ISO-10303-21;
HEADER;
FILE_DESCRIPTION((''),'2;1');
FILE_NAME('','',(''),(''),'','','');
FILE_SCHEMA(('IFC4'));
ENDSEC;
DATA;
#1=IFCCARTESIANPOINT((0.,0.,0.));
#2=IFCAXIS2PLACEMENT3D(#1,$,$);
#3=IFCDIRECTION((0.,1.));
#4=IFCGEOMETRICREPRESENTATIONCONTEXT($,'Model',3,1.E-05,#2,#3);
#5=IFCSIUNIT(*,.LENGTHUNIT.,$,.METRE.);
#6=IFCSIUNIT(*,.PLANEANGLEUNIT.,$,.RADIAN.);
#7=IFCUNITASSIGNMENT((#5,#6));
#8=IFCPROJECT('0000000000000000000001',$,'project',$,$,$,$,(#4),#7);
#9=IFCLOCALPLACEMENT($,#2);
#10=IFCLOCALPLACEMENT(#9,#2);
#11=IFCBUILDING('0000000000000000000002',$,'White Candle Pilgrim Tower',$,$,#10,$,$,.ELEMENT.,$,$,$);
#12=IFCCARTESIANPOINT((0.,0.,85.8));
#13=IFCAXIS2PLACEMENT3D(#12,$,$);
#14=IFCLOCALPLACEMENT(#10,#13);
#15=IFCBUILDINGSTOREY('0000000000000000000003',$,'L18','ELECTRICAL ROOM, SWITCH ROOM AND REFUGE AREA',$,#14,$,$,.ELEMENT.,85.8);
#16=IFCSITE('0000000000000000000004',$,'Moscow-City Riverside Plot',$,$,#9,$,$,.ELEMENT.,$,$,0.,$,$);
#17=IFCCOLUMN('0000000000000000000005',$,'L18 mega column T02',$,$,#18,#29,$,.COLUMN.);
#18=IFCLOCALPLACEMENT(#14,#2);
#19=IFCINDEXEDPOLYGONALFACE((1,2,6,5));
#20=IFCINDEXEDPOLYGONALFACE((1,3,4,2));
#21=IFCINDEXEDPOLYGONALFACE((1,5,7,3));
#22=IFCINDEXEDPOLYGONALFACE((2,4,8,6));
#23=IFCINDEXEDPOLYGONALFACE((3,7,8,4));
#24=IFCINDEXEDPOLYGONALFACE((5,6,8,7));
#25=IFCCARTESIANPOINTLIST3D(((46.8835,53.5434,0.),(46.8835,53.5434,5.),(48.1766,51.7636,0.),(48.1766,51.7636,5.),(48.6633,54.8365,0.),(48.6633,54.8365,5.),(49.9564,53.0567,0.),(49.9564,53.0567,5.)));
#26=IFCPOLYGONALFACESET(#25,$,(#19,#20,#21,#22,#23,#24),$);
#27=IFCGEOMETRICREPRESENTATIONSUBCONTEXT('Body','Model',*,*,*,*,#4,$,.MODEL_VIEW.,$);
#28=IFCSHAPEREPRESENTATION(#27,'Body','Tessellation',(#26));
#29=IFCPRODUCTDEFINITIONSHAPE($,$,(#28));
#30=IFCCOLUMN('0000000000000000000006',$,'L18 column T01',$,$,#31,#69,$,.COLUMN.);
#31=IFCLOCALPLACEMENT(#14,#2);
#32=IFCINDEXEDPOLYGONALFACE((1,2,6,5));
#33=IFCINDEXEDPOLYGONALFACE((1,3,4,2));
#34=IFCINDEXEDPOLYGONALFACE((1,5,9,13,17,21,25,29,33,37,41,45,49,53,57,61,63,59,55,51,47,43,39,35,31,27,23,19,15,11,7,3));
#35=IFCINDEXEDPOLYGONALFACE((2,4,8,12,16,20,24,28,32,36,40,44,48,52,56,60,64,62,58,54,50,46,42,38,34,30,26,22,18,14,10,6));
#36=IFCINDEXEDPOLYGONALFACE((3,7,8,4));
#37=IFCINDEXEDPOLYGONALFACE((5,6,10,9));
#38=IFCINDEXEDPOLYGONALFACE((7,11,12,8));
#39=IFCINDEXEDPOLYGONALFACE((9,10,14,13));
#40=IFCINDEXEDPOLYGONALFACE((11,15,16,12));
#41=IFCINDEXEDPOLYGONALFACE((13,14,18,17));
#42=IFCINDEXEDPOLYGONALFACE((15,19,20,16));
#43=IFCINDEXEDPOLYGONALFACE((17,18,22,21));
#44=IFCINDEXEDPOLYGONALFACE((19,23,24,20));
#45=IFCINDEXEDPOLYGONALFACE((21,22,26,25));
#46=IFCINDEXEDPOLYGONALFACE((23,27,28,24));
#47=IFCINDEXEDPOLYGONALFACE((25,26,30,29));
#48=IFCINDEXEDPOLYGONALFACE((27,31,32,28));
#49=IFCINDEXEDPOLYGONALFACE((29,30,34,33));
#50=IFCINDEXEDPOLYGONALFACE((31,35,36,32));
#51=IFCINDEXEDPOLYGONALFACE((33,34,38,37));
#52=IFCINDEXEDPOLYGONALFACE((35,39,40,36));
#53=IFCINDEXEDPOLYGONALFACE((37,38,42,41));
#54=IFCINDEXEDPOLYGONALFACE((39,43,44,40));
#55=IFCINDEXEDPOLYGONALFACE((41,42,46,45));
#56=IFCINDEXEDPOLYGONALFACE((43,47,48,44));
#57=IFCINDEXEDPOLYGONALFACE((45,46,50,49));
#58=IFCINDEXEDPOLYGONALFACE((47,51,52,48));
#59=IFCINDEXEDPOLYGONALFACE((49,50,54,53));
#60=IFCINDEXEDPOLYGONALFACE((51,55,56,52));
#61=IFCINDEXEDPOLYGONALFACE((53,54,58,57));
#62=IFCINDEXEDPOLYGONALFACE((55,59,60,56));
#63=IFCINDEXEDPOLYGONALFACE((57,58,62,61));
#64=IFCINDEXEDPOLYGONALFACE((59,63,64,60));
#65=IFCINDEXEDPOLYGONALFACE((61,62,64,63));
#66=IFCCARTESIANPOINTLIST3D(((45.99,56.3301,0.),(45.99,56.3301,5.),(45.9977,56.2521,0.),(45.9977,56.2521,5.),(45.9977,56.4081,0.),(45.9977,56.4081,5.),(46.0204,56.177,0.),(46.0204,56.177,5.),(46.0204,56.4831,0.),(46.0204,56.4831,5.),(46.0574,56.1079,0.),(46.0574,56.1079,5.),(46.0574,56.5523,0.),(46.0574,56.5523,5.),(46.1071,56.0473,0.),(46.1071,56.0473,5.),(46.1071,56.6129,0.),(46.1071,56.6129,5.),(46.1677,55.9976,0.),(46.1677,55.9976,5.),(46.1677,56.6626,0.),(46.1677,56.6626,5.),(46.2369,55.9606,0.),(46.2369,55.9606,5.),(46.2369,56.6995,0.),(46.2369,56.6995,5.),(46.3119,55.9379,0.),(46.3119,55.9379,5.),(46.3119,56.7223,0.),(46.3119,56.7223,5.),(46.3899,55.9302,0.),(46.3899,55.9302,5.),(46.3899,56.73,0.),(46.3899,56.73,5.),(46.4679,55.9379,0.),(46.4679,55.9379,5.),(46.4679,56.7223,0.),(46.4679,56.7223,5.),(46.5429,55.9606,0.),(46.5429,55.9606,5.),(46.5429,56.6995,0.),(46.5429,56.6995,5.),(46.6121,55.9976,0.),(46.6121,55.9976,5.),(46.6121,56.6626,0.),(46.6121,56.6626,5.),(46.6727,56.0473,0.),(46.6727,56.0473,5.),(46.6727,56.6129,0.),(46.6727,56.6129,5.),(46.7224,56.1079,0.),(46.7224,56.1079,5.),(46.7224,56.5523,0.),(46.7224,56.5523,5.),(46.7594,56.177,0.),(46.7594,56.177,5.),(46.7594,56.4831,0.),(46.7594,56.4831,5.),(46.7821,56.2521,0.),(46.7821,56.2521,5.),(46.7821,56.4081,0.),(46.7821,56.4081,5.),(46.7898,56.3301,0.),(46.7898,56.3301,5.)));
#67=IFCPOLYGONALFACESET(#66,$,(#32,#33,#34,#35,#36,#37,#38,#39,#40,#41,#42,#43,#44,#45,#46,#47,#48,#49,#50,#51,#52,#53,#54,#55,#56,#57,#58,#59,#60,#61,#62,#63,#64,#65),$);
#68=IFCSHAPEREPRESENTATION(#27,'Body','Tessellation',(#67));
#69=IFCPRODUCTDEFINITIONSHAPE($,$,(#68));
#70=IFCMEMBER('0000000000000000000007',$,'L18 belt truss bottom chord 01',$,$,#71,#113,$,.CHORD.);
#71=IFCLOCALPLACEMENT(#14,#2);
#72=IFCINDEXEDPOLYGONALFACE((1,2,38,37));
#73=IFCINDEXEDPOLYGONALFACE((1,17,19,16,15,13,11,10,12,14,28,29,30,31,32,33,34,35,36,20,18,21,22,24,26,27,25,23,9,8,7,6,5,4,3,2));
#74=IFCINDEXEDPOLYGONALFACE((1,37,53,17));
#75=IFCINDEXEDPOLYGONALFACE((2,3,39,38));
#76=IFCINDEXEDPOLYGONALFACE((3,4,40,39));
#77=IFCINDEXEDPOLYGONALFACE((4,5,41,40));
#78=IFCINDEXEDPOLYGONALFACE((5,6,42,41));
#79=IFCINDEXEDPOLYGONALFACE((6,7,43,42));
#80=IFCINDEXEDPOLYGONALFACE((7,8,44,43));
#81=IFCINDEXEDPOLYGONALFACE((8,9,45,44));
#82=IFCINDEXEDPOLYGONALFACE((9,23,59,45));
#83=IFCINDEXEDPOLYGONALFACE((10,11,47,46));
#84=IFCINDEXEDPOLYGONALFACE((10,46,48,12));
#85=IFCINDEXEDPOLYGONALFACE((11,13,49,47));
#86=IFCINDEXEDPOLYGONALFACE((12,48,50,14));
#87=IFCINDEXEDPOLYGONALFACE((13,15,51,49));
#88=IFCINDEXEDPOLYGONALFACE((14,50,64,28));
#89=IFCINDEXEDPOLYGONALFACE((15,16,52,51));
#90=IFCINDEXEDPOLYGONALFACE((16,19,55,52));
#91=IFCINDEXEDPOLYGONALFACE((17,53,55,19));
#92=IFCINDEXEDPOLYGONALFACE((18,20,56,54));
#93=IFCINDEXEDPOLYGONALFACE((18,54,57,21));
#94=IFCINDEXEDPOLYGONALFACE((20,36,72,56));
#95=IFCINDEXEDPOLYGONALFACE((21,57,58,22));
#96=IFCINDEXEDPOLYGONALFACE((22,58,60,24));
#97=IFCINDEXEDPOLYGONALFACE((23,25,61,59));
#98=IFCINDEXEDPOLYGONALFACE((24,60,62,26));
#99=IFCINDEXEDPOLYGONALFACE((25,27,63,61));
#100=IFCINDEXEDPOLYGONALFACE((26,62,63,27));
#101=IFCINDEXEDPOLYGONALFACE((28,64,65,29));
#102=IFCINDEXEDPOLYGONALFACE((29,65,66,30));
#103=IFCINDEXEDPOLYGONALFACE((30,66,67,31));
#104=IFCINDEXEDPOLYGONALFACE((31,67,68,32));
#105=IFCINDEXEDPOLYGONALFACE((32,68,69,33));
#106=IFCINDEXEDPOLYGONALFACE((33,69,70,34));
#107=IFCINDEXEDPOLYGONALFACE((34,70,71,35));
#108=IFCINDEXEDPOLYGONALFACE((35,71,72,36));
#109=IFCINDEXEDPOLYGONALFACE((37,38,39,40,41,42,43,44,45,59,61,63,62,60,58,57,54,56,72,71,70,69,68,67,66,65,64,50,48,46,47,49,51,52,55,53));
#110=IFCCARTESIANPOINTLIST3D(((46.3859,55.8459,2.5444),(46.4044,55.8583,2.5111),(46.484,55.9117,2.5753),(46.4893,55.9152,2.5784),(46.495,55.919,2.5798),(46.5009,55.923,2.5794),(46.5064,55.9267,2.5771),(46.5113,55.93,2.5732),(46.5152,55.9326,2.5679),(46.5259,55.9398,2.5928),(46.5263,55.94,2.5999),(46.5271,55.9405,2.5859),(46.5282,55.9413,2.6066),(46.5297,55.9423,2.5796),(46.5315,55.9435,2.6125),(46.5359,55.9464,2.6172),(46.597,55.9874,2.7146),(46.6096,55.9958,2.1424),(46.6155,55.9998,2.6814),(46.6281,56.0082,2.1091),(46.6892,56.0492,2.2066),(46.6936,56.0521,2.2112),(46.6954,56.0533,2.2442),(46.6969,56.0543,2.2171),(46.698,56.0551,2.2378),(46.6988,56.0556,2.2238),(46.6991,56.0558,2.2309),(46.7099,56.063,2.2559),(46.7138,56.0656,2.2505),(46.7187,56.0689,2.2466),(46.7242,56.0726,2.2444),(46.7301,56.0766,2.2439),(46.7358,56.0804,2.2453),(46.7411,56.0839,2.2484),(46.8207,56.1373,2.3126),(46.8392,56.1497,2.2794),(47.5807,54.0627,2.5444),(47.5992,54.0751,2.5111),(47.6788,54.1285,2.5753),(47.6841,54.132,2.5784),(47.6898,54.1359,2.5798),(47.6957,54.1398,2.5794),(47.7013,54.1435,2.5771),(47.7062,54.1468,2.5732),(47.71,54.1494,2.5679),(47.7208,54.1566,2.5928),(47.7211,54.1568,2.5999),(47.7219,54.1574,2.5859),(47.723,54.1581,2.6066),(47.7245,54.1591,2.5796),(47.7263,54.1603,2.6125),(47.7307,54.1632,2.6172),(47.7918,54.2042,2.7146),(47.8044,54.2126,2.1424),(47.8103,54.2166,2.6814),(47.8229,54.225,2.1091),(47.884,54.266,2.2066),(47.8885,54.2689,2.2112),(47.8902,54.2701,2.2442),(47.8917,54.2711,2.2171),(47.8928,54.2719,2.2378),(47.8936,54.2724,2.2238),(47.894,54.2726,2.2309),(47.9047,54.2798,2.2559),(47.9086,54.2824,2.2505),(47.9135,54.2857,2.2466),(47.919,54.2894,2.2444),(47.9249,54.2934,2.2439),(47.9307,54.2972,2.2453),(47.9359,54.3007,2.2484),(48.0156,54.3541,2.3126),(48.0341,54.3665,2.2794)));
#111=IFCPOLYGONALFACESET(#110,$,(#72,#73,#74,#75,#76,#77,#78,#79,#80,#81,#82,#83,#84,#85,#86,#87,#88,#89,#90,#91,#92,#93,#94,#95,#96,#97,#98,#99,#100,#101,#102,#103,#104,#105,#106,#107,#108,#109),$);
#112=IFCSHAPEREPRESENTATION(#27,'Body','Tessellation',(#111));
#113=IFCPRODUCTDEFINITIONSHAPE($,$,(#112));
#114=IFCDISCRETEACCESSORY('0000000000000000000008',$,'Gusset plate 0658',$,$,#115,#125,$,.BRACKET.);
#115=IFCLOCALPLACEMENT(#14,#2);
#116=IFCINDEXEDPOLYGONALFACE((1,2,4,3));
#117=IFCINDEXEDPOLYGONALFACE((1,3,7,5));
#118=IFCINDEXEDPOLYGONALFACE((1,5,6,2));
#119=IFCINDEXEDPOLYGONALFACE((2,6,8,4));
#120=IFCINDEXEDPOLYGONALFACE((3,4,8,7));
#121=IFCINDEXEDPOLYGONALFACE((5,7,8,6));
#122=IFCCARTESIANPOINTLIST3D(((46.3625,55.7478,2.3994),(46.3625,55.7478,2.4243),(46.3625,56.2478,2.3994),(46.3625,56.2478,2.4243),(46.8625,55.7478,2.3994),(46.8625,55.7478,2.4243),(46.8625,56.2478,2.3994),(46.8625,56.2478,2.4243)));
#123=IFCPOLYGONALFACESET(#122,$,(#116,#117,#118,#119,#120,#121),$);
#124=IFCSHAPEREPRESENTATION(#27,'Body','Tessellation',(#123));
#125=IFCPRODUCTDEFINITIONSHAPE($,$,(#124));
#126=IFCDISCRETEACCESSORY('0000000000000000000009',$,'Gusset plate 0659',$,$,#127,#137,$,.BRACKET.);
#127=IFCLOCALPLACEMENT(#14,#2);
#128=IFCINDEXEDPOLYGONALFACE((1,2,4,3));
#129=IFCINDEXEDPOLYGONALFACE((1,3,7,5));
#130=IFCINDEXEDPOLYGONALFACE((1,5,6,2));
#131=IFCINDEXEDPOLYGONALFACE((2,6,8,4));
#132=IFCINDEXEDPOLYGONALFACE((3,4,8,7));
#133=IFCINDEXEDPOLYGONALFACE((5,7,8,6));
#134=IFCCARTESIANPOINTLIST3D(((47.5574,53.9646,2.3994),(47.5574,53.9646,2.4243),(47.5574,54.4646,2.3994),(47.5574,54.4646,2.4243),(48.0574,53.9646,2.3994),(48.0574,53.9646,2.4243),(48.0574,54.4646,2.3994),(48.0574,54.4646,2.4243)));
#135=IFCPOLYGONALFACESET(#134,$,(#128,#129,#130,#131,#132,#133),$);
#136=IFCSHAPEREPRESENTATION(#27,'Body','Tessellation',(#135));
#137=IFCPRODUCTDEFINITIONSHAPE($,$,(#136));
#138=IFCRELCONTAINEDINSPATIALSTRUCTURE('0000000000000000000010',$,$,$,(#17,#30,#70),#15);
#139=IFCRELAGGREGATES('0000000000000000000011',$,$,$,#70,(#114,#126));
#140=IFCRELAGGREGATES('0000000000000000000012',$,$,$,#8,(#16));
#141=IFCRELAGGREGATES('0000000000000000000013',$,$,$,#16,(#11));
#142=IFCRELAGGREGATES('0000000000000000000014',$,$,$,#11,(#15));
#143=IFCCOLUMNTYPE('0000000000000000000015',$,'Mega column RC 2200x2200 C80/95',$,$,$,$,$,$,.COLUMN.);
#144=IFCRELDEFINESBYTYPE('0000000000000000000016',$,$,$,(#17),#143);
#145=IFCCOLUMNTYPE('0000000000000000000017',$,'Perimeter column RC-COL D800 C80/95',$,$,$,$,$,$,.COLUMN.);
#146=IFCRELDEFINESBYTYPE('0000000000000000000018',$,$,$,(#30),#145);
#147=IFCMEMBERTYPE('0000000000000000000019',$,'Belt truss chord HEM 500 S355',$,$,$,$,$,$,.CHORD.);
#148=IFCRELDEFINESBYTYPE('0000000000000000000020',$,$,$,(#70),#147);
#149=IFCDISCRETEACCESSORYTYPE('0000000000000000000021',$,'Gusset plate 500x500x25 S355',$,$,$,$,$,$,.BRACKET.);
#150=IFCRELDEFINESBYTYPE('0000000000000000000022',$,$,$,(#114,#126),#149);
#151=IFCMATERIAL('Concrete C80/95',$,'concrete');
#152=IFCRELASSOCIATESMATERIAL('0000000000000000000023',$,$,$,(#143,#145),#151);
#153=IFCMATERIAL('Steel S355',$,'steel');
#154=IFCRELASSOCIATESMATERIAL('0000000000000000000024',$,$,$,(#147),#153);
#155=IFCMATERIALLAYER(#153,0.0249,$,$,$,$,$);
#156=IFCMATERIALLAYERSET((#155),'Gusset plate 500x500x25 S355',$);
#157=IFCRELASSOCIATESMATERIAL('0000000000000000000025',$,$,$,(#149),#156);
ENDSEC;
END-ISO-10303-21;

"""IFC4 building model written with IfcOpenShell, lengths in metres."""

from ifc_helpers import new_model, si_unit, direction, frame, origin, origin_2d, place, context, subcontext, project, spatial, rectangle, circle, i_section, extrude, material, layer, layer_set, material_profile, profile_set, type_object, element, aggregate, save


model = new_model("IFC4")

# Units and contexts
model_context = context("Model", 3, precision=1e-05, world=origin(), true_north=direction((0.0, 1.0)))
body_context = subcontext(model_context, "Body", "Model", "MODEL_VIEW")
ifc_project = project(units=[si_unit("LENGTHUNIT", "METRE"), si_unit("PLANEANGLEUNIT", "RADIAN")], contexts=[model_context])

# Site, building, storey
site_placement = place(None, origin())
site = spatial("IfcSite", under=ifc_project, at=site_placement, Name="Moscow-City Riverside Plot", CompositionType="ELEMENT", RefElevation=0.0)
building_placement = place(site_placement, origin())
building = spatial("IfcBuilding", under=site, at=building_placement, Name="White Candle Pilgrim Tower", CompositionType="ELEMENT")
storey_placement = place(building_placement, frame((0.0, 0.0, 85.8)))
storey = spatial("IfcBuildingStorey", under=building, at=storey_placement, Name="L18", Description="ELECTRICAL ROOM, SWITCH ROOM AND REFUGE AREA", CompositionType="ELEMENT", Elevation=85.8)

# Columns
ifc_material_1 = material(Name="Concrete C80/95", Category="concrete")
ifc_material_profile_1 = material_profile(ifc_material_1, rectangle(XDim=2.2, YDim=2.2, at=origin_2d()), Name="RC 2200x2200")
ifc_profile_set_1 = profile_set([ifc_material_profile_1], Name="Concrete C80/95")
column_type_1 = type_object("IfcColumnType", Name="Mega column RC 2200x2200 C80/95", PredefinedType="COLUMN", material=ifc_profile_set_1)
column_1_placement = place(storey_placement, frame((48.4199, 53.3, 0.0), z_axis=(0.0, 0.0, 1.0), x_axis=(-0.809017, -0.587785, 0.0)))
element("IfcColumn", 1, at=column_1_placement, inside=storey, type_object=column_type_1, Name="L18 mega column T02", PredefinedType="COLUMN", context=body_context, shape_type="SweptSolid", body=[
    extrude(rectangle(XDim=2.2, YDim=2.2, at=origin_2d()), origin(), (0.0, 0.0, 1.0), 5.0),
])
ifc_material_profile_2 = material_profile(ifc_material_1, circle(Radius=0.3999, at=origin_2d()), Name="RC-COL D800")
ifc_profile_set_2 = profile_set([ifc_material_profile_2], Name="Concrete C80/95")
column_type_2 = type_object("IfcColumnType", Name="Perimeter column RC-COL D800 C80/95", PredefinedType="COLUMN", material=ifc_profile_set_2)
column_2_placement = place(storey_placement, frame((46.3899, 56.3301, 0.0), z_axis=(0.0, 0.0, 1.0), x_axis=(1.0, 0.0, 0.0)))
element("IfcColumn", 2, at=column_2_placement, inside=storey, type_object=column_type_2, Name="L18 column T01", PredefinedType="COLUMN", context=body_context, shape_type="SweptSolid", body=[
    extrude(circle(Radius=0.3999, at=origin_2d()), origin(), (0.0, 0.0, 1.0), 5.0),
])

# Member
ifc_material_2 = material(Name="Steel S355", Category="steel")
ifc_material_profile_3 = material_profile(ifc_material_2, i_section(OverallWidth=0.3059, OverallDepth=0.5239, WebThickness=0.021, FlangeThickness=0.04, FilletRadius=0.0271, at=origin_2d()), Name="HEM 500")
ifc_profile_set_3 = profile_set([ifc_material_profile_3], Name="Steel S355")
member_type_1 = type_object("IfcMemberType", Name="Belt truss chord HEM 500 S355", PredefinedType="CHORD", material=ifc_profile_set_3)
member_1_placement = place(storey_placement, frame((46.6125, 55.9978, 2.4119), z_axis=(0.556641, -0.830753, 0.0), x_axis=(0.690173, 0.462446, 0.556602)))
member_1 = element("IfcMember", 3, at=member_1_placement, inside=storey, type_object=member_type_1, Name="L18 belt truss bottom chord 01", PredefinedType="CHORD", context=body_context, shape_type="SweptSolid", body=[
    extrude(i_section(OverallWidth=0.3059, OverallDepth=0.5239, WebThickness=0.021, FlangeThickness=0.04, FilletRadius=0.0271, at=origin_2d()), origin(), (0.0, 0.0, 1.0), 2.1465),
])

# Discrete accessories
ifc_layer_1 = layer(ifc_material_2, 0.0249)
ifc_layer_set_1 = layer_set([ifc_layer_1], Name="Gusset plate 500x500x25 S355")
discrete_accessory_type = type_object("IfcDiscreteAccessoryType", Name="Gusset plate 500x500x25 S355", PredefinedType="BRACKET", material=ifc_layer_set_1)
discrete_accessory_1_placement = place(storey_placement, frame((46.6125, 55.9978, 2.3994), z_axis=(0.0, 0.0, 1.0), x_axis=(1.0, 0.0, 0.0)))
discrete_accessory_1 = element("IfcDiscreteAccessory", 4, at=discrete_accessory_1_placement, type_object=discrete_accessory_type, Name="Gusset plate 0658", PredefinedType="BRACKET", context=body_context, shape_type="SweptSolid", body=[
    extrude(rectangle(XDim=0.5, YDim=0.5, at=origin_2d()), origin(), (0.0, 0.0, 1.0), 0.0249),
])
discrete_accessory_2_placement = place(storey_placement, frame((47.8074, 54.2146, 2.3994), z_axis=(0.0, 0.0, 1.0), x_axis=(1.0, 0.0, 0.0)))
discrete_accessory_2 = element("IfcDiscreteAccessory", 5, at=discrete_accessory_2_placement, type_object=discrete_accessory_type, Name="Gusset plate 0659", PredefinedType="BRACKET", context=body_context, shape_type="SweptSolid", body=[
    extrude(rectangle(XDim=0.5, YDim=0.5, at=origin_2d()), origin(), (0.0, 0.0, 1.0), 0.0249),
])
aggregate(member_1, [discrete_accessory_1, discrete_accessory_2])

save(model, "model.ifc")
